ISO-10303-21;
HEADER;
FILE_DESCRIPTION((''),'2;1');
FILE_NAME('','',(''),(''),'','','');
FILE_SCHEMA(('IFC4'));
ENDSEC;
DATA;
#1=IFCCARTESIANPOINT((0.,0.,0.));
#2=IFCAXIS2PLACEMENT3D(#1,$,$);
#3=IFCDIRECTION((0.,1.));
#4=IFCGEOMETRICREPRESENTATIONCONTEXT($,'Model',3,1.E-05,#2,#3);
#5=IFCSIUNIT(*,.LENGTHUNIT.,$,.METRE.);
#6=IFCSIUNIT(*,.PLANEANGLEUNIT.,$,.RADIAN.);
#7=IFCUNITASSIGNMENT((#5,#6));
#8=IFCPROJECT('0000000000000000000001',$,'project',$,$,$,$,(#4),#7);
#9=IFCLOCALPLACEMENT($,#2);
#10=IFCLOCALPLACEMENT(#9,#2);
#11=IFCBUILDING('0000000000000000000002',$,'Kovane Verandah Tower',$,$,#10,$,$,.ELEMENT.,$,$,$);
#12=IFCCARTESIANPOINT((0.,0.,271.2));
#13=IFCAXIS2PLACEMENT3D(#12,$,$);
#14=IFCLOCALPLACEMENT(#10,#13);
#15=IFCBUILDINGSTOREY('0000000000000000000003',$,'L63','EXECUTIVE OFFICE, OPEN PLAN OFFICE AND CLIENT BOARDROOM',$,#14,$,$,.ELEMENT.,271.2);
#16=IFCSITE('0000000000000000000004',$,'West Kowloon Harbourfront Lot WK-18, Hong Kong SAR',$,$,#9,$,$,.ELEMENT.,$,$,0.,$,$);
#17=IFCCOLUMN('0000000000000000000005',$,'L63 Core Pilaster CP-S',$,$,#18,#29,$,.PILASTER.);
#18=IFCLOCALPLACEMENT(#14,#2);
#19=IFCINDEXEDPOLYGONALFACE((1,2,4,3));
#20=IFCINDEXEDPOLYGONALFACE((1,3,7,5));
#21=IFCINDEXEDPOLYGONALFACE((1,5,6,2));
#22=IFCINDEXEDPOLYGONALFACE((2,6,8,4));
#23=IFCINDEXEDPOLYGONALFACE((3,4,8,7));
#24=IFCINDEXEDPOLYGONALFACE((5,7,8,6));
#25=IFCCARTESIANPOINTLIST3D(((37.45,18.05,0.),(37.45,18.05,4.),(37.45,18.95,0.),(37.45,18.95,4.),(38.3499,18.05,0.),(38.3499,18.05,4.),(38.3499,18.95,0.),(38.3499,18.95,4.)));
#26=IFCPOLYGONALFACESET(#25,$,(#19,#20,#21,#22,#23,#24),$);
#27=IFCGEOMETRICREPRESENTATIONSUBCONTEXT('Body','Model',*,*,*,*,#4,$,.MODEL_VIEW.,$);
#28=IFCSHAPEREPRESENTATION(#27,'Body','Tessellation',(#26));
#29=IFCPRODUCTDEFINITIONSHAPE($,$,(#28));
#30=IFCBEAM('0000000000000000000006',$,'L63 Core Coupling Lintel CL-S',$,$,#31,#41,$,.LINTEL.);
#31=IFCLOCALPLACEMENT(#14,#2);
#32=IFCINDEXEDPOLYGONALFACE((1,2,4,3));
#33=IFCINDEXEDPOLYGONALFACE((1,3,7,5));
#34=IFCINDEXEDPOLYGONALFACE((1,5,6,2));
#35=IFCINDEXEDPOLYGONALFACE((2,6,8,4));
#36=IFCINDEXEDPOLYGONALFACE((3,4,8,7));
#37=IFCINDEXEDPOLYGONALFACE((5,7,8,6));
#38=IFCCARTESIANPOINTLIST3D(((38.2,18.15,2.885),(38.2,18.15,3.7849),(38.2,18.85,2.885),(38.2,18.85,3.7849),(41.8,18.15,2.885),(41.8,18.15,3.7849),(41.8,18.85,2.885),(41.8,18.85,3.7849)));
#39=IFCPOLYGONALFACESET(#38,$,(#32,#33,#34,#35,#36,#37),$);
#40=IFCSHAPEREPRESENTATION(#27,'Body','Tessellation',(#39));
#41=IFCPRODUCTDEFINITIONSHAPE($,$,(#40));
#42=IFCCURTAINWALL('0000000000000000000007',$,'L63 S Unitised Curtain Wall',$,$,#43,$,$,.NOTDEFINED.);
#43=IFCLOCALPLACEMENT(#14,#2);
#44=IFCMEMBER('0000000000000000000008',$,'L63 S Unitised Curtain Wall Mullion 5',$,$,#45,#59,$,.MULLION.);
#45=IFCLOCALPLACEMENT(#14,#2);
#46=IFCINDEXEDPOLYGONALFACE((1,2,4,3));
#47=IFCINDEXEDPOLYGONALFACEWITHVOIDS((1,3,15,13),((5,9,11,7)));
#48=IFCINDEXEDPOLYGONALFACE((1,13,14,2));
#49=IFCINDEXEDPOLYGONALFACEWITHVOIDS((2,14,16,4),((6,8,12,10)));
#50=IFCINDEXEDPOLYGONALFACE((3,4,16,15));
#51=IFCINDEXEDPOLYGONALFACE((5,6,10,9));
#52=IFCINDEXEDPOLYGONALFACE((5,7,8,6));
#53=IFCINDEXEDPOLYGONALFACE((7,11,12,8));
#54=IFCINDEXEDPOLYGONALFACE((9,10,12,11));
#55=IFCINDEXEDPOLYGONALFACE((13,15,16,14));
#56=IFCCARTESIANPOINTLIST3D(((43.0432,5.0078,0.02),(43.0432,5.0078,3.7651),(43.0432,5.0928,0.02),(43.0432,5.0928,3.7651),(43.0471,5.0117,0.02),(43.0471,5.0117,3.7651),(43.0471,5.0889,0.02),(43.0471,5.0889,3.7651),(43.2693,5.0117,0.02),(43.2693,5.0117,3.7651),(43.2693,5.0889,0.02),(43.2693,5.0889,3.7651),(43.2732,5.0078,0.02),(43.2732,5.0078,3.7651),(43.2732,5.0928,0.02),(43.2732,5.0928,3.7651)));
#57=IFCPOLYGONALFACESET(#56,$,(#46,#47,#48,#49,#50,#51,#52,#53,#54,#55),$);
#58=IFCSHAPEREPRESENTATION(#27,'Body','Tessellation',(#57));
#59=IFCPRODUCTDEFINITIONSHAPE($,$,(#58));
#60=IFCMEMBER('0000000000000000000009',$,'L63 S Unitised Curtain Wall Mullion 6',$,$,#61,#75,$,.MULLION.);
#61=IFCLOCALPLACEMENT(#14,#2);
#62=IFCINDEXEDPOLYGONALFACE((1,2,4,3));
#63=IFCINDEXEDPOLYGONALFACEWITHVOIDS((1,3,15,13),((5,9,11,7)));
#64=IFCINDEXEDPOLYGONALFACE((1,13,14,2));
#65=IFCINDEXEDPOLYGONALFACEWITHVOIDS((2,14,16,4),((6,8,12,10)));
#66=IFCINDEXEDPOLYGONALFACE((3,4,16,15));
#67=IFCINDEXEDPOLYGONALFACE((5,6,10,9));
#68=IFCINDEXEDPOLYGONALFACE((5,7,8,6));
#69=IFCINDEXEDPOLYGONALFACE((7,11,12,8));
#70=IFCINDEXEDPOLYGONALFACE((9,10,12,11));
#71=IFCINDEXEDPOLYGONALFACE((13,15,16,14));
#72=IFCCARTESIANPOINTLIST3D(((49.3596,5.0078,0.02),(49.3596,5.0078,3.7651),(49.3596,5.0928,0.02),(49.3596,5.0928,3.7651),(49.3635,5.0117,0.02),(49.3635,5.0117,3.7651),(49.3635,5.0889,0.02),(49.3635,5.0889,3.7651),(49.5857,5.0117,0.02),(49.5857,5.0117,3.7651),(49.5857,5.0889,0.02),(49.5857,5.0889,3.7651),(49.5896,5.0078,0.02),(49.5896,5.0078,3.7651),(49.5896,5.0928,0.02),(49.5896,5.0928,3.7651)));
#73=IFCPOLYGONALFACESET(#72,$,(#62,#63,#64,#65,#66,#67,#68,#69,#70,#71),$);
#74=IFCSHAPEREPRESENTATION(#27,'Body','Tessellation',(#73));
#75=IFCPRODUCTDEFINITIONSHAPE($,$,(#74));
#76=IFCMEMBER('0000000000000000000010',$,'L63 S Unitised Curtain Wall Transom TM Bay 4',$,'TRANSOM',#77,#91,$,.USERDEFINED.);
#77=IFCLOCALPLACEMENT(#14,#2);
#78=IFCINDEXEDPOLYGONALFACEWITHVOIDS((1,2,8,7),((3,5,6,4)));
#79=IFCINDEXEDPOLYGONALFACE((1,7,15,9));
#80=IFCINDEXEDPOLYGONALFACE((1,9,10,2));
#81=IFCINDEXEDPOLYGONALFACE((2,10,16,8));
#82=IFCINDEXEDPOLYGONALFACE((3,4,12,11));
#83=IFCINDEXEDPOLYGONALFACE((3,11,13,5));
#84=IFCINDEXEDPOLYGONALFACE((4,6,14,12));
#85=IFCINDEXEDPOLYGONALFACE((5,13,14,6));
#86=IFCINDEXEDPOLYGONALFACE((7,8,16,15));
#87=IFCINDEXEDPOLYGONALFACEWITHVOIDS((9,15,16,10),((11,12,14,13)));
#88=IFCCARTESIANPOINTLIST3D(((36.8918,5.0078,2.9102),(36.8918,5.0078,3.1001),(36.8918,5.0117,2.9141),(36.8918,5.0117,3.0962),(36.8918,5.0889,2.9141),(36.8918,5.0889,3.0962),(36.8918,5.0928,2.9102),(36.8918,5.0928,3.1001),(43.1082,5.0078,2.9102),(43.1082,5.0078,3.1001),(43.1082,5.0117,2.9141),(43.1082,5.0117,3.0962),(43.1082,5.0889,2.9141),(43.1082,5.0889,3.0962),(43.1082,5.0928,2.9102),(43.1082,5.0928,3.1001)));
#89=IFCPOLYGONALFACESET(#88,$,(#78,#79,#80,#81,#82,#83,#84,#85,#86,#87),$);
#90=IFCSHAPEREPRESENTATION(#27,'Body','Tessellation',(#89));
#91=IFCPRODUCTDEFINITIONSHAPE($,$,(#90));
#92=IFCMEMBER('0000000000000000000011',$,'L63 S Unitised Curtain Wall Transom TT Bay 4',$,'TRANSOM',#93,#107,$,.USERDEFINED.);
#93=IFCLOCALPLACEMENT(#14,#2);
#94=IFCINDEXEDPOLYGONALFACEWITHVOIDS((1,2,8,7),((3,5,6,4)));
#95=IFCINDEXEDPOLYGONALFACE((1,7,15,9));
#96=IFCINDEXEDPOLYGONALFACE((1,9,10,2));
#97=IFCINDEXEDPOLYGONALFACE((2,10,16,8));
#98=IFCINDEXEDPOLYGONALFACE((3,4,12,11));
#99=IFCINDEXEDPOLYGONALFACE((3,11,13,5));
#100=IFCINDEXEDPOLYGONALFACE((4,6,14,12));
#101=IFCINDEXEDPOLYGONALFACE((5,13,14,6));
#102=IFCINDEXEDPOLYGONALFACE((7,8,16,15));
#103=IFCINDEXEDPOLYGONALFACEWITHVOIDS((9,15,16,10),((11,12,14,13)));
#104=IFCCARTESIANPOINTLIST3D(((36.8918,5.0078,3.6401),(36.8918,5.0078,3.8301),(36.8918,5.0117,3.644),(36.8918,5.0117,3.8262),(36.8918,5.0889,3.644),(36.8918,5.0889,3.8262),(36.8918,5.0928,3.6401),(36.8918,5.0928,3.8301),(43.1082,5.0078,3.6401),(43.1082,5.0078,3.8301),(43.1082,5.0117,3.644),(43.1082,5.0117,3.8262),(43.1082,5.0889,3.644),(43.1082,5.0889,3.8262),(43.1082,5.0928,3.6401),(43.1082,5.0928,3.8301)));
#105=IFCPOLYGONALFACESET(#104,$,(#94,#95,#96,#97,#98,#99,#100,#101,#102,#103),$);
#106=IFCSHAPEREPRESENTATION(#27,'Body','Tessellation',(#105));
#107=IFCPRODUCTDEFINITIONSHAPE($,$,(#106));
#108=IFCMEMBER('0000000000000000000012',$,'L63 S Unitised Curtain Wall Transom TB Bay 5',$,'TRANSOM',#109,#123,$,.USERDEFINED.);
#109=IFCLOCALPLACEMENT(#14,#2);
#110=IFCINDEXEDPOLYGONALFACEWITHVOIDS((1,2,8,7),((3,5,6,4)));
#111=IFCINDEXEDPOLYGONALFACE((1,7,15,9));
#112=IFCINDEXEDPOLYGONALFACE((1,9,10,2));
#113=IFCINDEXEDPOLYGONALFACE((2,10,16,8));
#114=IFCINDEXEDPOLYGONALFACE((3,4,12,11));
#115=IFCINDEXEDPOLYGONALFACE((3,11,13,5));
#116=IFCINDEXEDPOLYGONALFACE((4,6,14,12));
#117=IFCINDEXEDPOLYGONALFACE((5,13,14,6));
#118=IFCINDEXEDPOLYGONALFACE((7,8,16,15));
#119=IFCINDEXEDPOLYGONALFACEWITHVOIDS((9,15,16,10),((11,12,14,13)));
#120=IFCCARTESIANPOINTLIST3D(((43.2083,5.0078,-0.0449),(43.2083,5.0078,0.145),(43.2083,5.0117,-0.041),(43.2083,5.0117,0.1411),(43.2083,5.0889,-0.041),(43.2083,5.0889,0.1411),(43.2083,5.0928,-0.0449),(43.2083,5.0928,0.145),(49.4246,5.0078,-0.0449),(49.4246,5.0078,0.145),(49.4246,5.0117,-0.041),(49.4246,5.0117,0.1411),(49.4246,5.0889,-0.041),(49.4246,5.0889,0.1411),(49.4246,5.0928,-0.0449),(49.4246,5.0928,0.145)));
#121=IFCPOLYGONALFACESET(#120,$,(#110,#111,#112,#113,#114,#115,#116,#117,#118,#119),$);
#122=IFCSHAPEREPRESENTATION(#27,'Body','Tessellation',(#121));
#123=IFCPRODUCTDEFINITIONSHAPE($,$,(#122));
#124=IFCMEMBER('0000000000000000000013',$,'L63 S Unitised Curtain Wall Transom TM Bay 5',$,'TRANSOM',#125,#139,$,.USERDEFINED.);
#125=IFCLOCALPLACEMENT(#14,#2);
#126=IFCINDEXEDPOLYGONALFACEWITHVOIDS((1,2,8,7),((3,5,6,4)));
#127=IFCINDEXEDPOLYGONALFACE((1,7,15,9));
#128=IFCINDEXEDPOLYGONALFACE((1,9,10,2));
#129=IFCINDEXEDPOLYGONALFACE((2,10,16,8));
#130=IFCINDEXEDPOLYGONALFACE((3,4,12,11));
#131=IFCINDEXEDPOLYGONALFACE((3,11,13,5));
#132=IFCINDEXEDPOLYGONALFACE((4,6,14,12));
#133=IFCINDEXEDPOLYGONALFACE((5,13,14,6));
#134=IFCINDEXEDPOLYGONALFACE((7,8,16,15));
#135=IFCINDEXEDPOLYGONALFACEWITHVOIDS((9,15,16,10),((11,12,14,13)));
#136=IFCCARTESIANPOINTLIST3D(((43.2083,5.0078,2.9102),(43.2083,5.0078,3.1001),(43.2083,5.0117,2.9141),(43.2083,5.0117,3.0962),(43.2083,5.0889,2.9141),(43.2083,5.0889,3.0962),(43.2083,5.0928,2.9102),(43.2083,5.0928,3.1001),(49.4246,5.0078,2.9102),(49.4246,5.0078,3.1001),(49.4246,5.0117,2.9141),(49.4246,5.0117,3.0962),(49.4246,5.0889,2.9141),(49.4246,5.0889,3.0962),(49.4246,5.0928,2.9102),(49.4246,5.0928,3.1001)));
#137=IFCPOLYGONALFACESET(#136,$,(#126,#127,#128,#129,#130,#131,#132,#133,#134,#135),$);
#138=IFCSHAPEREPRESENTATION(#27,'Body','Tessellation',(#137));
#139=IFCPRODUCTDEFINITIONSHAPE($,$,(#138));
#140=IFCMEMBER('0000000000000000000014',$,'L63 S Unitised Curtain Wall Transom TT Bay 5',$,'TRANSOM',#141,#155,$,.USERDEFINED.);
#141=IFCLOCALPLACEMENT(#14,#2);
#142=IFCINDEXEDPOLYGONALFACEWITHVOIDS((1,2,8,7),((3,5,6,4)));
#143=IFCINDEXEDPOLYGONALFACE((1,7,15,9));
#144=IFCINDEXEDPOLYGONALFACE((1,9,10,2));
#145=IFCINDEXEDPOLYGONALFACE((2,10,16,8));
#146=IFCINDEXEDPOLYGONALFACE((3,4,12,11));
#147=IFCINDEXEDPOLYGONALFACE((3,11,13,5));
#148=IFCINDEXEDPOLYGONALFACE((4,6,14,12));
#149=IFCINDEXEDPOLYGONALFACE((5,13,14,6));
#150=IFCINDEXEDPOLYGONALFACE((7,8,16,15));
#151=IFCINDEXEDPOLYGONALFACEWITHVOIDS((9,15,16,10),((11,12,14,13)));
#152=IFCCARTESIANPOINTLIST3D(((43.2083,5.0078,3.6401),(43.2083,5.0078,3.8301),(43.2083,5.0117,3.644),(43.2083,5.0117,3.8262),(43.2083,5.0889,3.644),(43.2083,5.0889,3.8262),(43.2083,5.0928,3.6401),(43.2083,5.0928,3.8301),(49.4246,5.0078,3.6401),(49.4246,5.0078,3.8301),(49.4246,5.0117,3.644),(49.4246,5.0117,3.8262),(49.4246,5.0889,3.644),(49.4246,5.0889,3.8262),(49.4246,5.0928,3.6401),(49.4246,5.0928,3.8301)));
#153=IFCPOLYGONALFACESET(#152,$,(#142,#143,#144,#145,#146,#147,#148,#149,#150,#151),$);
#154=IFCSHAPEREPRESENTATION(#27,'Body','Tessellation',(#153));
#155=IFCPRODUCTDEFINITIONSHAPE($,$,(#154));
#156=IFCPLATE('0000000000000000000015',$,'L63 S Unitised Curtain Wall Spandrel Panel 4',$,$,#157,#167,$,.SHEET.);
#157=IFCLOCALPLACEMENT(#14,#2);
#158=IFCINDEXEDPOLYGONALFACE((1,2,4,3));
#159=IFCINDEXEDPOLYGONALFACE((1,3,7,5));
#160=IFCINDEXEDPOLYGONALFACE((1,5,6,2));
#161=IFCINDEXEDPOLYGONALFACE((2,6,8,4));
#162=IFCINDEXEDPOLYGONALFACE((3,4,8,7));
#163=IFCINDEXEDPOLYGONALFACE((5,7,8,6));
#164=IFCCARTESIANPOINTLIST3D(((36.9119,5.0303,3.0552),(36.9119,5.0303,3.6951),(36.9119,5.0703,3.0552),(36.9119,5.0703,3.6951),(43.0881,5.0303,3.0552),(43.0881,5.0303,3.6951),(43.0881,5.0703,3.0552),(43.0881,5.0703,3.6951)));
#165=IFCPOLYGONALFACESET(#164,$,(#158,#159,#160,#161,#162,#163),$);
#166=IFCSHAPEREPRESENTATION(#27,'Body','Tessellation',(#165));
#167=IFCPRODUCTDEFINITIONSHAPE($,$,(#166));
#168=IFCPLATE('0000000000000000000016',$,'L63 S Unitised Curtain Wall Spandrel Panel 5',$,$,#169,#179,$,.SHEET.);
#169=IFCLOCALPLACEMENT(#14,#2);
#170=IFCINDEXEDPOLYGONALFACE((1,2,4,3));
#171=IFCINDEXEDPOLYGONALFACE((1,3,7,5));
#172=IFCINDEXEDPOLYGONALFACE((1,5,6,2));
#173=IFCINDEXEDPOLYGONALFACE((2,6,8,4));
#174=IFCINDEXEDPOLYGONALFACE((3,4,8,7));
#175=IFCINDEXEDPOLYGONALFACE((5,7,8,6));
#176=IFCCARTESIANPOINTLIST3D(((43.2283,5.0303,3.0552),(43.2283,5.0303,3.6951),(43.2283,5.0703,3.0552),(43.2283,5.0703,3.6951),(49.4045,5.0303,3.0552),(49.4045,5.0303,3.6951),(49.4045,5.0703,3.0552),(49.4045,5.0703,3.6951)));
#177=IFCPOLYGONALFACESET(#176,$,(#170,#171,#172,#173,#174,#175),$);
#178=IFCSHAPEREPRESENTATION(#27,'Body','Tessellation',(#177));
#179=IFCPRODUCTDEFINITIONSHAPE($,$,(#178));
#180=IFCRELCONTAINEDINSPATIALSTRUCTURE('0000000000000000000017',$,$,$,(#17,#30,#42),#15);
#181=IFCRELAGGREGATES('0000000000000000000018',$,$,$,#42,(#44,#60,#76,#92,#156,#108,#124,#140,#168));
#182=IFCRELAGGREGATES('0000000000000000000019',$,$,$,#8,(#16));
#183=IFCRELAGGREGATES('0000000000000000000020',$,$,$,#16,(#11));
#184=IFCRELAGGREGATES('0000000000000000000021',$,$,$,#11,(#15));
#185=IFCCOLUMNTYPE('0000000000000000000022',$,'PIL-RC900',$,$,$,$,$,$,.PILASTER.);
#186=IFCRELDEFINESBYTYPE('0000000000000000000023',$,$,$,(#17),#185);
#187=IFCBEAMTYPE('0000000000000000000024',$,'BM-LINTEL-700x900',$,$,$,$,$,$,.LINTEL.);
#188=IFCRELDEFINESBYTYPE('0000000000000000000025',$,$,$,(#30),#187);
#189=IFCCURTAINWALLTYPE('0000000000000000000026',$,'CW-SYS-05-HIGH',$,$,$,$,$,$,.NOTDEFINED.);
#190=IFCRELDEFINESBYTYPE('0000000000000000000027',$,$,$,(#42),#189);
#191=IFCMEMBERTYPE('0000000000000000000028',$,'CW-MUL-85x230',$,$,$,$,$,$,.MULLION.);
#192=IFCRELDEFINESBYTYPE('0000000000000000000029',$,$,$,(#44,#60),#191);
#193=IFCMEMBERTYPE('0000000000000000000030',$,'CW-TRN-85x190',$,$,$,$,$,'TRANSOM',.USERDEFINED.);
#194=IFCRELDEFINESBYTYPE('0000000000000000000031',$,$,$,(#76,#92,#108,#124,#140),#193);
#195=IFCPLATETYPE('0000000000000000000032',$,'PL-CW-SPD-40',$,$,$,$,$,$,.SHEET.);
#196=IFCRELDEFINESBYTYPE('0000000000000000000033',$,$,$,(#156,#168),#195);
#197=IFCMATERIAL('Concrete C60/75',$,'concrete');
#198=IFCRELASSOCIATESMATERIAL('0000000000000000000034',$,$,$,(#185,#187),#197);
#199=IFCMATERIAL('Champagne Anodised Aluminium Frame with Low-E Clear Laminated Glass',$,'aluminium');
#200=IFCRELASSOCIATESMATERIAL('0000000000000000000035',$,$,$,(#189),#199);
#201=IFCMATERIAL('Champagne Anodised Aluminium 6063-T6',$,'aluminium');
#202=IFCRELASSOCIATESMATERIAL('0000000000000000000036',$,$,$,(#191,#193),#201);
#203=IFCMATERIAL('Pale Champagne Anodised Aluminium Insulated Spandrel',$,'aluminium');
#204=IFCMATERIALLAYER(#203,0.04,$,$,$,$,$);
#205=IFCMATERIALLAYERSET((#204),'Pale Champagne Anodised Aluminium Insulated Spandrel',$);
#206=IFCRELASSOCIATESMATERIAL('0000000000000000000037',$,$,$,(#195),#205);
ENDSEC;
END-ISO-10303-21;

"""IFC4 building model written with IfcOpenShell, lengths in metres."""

from ifc_helpers import new_model, si_unit, direction, frame, origin, origin_2d, place, context, subcontext, project, spatial, rectangle, hollow_rectangle, extrude, material, layer, layer_set, material_profile, profile_set, type_object, element, aggregate, save


model = new_model("IFC4")

# Units and contexts
model_context = context("Model", 3, precision=1e-05, world=origin(), true_north=direction((0.0, 1.0)))
body_context = subcontext(model_context, "Body", "Model", "MODEL_VIEW")
ifc_project = project(units=[si_unit("LENGTHUNIT", "METRE"), si_unit("PLANEANGLEUNIT", "RADIAN")], contexts=[model_context])

# Site, building, storey
site_placement = place(None, origin())
site = spatial("IfcSite", under=ifc_project, at=site_placement, Name="West Kowloon Harbourfront Lot WK-18, Hong Kong SAR", CompositionType="ELEMENT", RefElevation=0.0)
building_placement = place(site_placement, origin())
building = spatial("IfcBuilding", under=site, at=building_placement, Name="Kovane Verandah Tower", CompositionType="ELEMENT")
storey_placement = place(building_placement, frame((0.0, 0.0, 271.2)))
storey = spatial("IfcBuildingStorey", under=building, at=storey_placement, Name="L63", Description="EXECUTIVE OFFICE, OPEN PLAN OFFICE AND CLIENT BOARDROOM", CompositionType="ELEMENT", Elevation=271.2)

# Column
ifc_material_1 = material(Name="Concrete C60/75", Category="concrete")
ifc_material_profile_1 = material_profile(ifc_material_1, rectangle(XDim=0.8999, YDim=0.8999, at=origin_2d()), Name="RC900x900")
ifc_profile_set_1 = profile_set([ifc_material_profile_1], Name="Concrete C60/75")
column_type = type_object("IfcColumnType", Name="PIL-RC900", PredefinedType="PILASTER", material=ifc_profile_set_1)
column_placement = place(storey_placement, frame((37.8999, 18.5, 0.0), z_axis=(0.0, 0.0, 1.0), x_axis=(1.0, 0.0, 0.0)))
element("IfcColumn", 1, at=column_placement, inside=storey, type_object=column_type, Name="L63 Core Pilaster CP-S", PredefinedType="PILASTER", context=body_context, shape_type="SweptSolid", body=[
    extrude(rectangle(XDim=0.8999, YDim=0.8999, at=origin_2d()), origin(), (0.0, 0.0, 1.0), 4.0),
])

# Beam
ifc_material_profile_2 = material_profile(ifc_material_1, rectangle(XDim=0.7, YDim=0.8999, at=origin_2d()), Name="RCB700x900")
ifc_profile_set_2 = profile_set([ifc_material_profile_2], Name="Concrete C60/75")
beam_type = type_object("IfcBeamType", Name="BM-LINTEL-700x900", PredefinedType="LINTEL", material=ifc_profile_set_2)
beam_placement = place(storey_placement, frame((38.2, 18.5, 3.335), z_axis=(1.0, 0.0, 0.0), x_axis=(0.0, 1.0, 0.0)))
element("IfcBeam", 2, at=beam_placement, inside=storey, type_object=beam_type, Name="L63 Core Coupling Lintel CL-S", PredefinedType="LINTEL", context=body_context, shape_type="SweptSolid", body=[
    extrude(rectangle(XDim=0.7, YDim=0.8999, at=origin_2d()), origin(), (0.0, 0.0, 1.0), 3.6001),
])

# Curtain wall, members, plates
ifc_material_2 = material(Name="Champagne Anodised Aluminium Frame with Low-E Clear Laminated Glass", Category="aluminium")
curtain_wall_type = type_object("IfcCurtainWallType", Name="CW-SYS-05-HIGH", PredefinedType="NOTDEFINED", material=ifc_material_2)
curtain_wall_placement = place(storey_placement, origin())
curtain_wall = element("IfcCurtainWall", 3, at=curtain_wall_placement, inside=storey, type_object=curtain_wall_type, Name="L63 S Unitised Curtain Wall", PredefinedType="NOTDEFINED")
ifc_material_3 = material(Name="Champagne Anodised Aluminium 6063-T6", Category="aluminium")
ifc_material_profile_3 = material_profile(ifc_material_3, hollow_rectangle(XDim=0.085, YDim=0.23, WallThickness=0.0039, at=origin_2d()), Name="AL85x230x4")
ifc_profile_set_3 = profile_set([ifc_material_profile_3], Name="Champagne Anodised Aluminium 6063-T6")
member_type_1 = type_object("IfcMemberType", Name="CW-MUL-85x230", PredefinedType="MULLION", material=ifc_profile_set_3)
member_1_placement = place(storey_placement, frame((43.1582, 5.0503, 0.02), z_axis=(0.0, 0.0, 1.0), x_axis=(0.0, -1.0, 0.0)))
member_1 = element("IfcMember", 4, at=member_1_placement, type_object=member_type_1, Name="L63 S Unitised Curtain Wall Mullion 5", PredefinedType="MULLION", context=body_context, shape_type="SweptSolid", body=[
    extrude(hollow_rectangle(XDim=0.085, YDim=0.23, WallThickness=0.0039, at=origin_2d()), origin(), (0.0, 0.0, 1.0), 3.7451),
])
member_2_placement = place(storey_placement, frame((49.4746, 5.0503, 0.02), z_axis=(0.0, 0.0, 1.0), x_axis=(0.0, -1.0, 0.0)))
member_2 = element("IfcMember", 5, at=member_2_placement, type_object=member_type_1, Name="L63 S Unitised Curtain Wall Mullion 6", PredefinedType="MULLION", context=body_context, shape_type="SweptSolid", body=[
    extrude(hollow_rectangle(XDim=0.085, YDim=0.23, WallThickness=0.0039, at=origin_2d()), origin(), (0.0, 0.0, 1.0), 3.7451),
])
ifc_material_profile_4 = material_profile(ifc_material_3, hollow_rectangle(XDim=0.085, YDim=0.1899, WallThickness=0.0039, at=origin_2d()), Name="AL85x190x4")
ifc_profile_set_4 = profile_set([ifc_material_profile_4], Name="Champagne Anodised Aluminium 6063-T6")
member_type_2 = type_object("IfcMemberType", Name="CW-TRN-85x190", ElementType="TRANSOM", PredefinedType="USERDEFINED", material=ifc_profile_set_4)
member_3_placement = place(storey_placement, frame((36.8918, 5.0503, 3.0051), z_axis=(1.0, 0.0, 0.0), x_axis=(0.0, 1.0, 0.0)))
member_3 = element("IfcMember", 6, at=member_3_placement, type_object=member_type_2, Name="L63 S Unitised Curtain Wall Transom TM Bay 4", ObjectType="TRANSOM", PredefinedType="USERDEFINED", context=body_context, shape_type="SweptSolid", body=[
    extrude(hollow_rectangle(XDim=0.085, YDim=0.1899, WallThickness=0.0039, at=origin_2d()), origin(), (0.0, 0.0, 1.0), 6.2163),
])
member_4_placement = place(storey_placement, frame((36.8918, 5.0503, 3.7351), z_axis=(1.0, 0.0, 0.0), x_axis=(0.0, 1.0, 0.0)))
member_4 = element("IfcMember", 7, at=member_4_placement, type_object=member_type_2, Name="L63 S Unitised Curtain Wall Transom TT Bay 4", ObjectType="TRANSOM", PredefinedType="USERDEFINED", context=body_context, shape_type="SweptSolid", body=[
    extrude(hollow_rectangle(XDim=0.085, YDim=0.1899, WallThickness=0.0039, at=origin_2d()), origin(), (0.0, 0.0, 1.0), 6.2163),
])
member_5_placement = place(storey_placement, frame((43.2083, 5.0503, 0.05), z_axis=(1.0, 0.0, 0.0), x_axis=(0.0, 1.0, 0.0)))
member_5 = element("IfcMember", 8, at=member_5_placement, type_object=member_type_2, Name="L63 S Unitised Curtain Wall Transom TB Bay 5", ObjectType="TRANSOM", PredefinedType="USERDEFINED", context=body_context, shape_type="SweptSolid", body=[
    extrude(hollow_rectangle(XDim=0.085, YDim=0.1899, WallThickness=0.0039, at=origin_2d()), origin(), (0.0, 0.0, 1.0), 6.2163),
])
member_6_placement = place(storey_placement, frame((43.2083, 5.0503, 3.0051), z_axis=(1.0, 0.0, 0.0), x_axis=(0.0, 1.0, 0.0)))
member_6 = element("IfcMember", 9, at=member_6_placement, type_object=member_type_2, Name="L63 S Unitised Curtain Wall Transom TM Bay 5", ObjectType="TRANSOM", PredefinedType="USERDEFINED", context=body_context, shape_type="SweptSolid", body=[
    extrude(hollow_rectangle(XDim=0.085, YDim=0.1899, WallThickness=0.0039, at=origin_2d()), origin(), (0.0, 0.0, 1.0), 6.2163),
])
member_7_placement = place(storey_placement, frame((43.2083, 5.0503, 3.7351), z_axis=(1.0, 0.0, 0.0), x_axis=(0.0, 1.0, 0.0)))
member_7 = element("IfcMember", 10, at=member_7_placement, type_object=member_type_2, Name="L63 S Unitised Curtain Wall Transom TT Bay 5", ObjectType="TRANSOM", PredefinedType="USERDEFINED", context=body_context, shape_type="SweptSolid", body=[
    extrude(hollow_rectangle(XDim=0.085, YDim=0.1899, WallThickness=0.0039, at=origin_2d()), origin(), (0.0, 0.0, 1.0), 6.2163),
])
ifc_material_4 = material(Name="Pale Champagne Anodised Aluminium Insulated Spandrel", Category="aluminium")
ifc_layer_1 = layer(ifc_material_4, 0.04)
ifc_layer_set_1 = layer_set([ifc_layer_1], Name="Pale Champagne Anodised Aluminium Insulated Spandrel")
plate_type_1 = type_object("IfcPlateType", Name="PL-CW-SPD-40", PredefinedType="SHEET", material=ifc_layer_set_1)
plate_1_placement = place(storey_placement, frame((40.0, 5.0503, 3.0552), z_axis=(0.0, 0.0, 1.0), x_axis=(1.0, 0.0, 0.0)))
plate_1 = element("IfcPlate", 11, at=plate_1_placement, type_object=plate_type_1, Name="L63 S Unitised Curtain Wall Spandrel Panel 4", PredefinedType="SHEET", context=body_context, shape_type="SweptSolid", body=[
    extrude(rectangle(XDim=6.1763, YDim=0.04, at=origin_2d()), origin(), (0.0, 0.0, 1.0), 0.6399),
])
plate_2_placement = place(storey_placement, frame((46.3164, 5.0503, 3.0552), z_axis=(0.0, 0.0, 1.0), x_axis=(1.0, 0.0, 0.0)))
plate_2 = element("IfcPlate", 12, at=plate_2_placement, type_object=plate_type_1, Name="L63 S Unitised Curtain Wall Spandrel Panel 5", PredefinedType="SHEET", context=body_context, shape_type="SweptSolid", body=[
    extrude(rectangle(XDim=6.1763, YDim=0.04, at=origin_2d()), origin(), (0.0, 0.0, 1.0), 0.6399),
])
aggregate(curtain_wall, [member_1, member_2, member_3, member_4, plate_1, member_5, member_6, member_7, plate_2])

save(model, "model.ifc")
